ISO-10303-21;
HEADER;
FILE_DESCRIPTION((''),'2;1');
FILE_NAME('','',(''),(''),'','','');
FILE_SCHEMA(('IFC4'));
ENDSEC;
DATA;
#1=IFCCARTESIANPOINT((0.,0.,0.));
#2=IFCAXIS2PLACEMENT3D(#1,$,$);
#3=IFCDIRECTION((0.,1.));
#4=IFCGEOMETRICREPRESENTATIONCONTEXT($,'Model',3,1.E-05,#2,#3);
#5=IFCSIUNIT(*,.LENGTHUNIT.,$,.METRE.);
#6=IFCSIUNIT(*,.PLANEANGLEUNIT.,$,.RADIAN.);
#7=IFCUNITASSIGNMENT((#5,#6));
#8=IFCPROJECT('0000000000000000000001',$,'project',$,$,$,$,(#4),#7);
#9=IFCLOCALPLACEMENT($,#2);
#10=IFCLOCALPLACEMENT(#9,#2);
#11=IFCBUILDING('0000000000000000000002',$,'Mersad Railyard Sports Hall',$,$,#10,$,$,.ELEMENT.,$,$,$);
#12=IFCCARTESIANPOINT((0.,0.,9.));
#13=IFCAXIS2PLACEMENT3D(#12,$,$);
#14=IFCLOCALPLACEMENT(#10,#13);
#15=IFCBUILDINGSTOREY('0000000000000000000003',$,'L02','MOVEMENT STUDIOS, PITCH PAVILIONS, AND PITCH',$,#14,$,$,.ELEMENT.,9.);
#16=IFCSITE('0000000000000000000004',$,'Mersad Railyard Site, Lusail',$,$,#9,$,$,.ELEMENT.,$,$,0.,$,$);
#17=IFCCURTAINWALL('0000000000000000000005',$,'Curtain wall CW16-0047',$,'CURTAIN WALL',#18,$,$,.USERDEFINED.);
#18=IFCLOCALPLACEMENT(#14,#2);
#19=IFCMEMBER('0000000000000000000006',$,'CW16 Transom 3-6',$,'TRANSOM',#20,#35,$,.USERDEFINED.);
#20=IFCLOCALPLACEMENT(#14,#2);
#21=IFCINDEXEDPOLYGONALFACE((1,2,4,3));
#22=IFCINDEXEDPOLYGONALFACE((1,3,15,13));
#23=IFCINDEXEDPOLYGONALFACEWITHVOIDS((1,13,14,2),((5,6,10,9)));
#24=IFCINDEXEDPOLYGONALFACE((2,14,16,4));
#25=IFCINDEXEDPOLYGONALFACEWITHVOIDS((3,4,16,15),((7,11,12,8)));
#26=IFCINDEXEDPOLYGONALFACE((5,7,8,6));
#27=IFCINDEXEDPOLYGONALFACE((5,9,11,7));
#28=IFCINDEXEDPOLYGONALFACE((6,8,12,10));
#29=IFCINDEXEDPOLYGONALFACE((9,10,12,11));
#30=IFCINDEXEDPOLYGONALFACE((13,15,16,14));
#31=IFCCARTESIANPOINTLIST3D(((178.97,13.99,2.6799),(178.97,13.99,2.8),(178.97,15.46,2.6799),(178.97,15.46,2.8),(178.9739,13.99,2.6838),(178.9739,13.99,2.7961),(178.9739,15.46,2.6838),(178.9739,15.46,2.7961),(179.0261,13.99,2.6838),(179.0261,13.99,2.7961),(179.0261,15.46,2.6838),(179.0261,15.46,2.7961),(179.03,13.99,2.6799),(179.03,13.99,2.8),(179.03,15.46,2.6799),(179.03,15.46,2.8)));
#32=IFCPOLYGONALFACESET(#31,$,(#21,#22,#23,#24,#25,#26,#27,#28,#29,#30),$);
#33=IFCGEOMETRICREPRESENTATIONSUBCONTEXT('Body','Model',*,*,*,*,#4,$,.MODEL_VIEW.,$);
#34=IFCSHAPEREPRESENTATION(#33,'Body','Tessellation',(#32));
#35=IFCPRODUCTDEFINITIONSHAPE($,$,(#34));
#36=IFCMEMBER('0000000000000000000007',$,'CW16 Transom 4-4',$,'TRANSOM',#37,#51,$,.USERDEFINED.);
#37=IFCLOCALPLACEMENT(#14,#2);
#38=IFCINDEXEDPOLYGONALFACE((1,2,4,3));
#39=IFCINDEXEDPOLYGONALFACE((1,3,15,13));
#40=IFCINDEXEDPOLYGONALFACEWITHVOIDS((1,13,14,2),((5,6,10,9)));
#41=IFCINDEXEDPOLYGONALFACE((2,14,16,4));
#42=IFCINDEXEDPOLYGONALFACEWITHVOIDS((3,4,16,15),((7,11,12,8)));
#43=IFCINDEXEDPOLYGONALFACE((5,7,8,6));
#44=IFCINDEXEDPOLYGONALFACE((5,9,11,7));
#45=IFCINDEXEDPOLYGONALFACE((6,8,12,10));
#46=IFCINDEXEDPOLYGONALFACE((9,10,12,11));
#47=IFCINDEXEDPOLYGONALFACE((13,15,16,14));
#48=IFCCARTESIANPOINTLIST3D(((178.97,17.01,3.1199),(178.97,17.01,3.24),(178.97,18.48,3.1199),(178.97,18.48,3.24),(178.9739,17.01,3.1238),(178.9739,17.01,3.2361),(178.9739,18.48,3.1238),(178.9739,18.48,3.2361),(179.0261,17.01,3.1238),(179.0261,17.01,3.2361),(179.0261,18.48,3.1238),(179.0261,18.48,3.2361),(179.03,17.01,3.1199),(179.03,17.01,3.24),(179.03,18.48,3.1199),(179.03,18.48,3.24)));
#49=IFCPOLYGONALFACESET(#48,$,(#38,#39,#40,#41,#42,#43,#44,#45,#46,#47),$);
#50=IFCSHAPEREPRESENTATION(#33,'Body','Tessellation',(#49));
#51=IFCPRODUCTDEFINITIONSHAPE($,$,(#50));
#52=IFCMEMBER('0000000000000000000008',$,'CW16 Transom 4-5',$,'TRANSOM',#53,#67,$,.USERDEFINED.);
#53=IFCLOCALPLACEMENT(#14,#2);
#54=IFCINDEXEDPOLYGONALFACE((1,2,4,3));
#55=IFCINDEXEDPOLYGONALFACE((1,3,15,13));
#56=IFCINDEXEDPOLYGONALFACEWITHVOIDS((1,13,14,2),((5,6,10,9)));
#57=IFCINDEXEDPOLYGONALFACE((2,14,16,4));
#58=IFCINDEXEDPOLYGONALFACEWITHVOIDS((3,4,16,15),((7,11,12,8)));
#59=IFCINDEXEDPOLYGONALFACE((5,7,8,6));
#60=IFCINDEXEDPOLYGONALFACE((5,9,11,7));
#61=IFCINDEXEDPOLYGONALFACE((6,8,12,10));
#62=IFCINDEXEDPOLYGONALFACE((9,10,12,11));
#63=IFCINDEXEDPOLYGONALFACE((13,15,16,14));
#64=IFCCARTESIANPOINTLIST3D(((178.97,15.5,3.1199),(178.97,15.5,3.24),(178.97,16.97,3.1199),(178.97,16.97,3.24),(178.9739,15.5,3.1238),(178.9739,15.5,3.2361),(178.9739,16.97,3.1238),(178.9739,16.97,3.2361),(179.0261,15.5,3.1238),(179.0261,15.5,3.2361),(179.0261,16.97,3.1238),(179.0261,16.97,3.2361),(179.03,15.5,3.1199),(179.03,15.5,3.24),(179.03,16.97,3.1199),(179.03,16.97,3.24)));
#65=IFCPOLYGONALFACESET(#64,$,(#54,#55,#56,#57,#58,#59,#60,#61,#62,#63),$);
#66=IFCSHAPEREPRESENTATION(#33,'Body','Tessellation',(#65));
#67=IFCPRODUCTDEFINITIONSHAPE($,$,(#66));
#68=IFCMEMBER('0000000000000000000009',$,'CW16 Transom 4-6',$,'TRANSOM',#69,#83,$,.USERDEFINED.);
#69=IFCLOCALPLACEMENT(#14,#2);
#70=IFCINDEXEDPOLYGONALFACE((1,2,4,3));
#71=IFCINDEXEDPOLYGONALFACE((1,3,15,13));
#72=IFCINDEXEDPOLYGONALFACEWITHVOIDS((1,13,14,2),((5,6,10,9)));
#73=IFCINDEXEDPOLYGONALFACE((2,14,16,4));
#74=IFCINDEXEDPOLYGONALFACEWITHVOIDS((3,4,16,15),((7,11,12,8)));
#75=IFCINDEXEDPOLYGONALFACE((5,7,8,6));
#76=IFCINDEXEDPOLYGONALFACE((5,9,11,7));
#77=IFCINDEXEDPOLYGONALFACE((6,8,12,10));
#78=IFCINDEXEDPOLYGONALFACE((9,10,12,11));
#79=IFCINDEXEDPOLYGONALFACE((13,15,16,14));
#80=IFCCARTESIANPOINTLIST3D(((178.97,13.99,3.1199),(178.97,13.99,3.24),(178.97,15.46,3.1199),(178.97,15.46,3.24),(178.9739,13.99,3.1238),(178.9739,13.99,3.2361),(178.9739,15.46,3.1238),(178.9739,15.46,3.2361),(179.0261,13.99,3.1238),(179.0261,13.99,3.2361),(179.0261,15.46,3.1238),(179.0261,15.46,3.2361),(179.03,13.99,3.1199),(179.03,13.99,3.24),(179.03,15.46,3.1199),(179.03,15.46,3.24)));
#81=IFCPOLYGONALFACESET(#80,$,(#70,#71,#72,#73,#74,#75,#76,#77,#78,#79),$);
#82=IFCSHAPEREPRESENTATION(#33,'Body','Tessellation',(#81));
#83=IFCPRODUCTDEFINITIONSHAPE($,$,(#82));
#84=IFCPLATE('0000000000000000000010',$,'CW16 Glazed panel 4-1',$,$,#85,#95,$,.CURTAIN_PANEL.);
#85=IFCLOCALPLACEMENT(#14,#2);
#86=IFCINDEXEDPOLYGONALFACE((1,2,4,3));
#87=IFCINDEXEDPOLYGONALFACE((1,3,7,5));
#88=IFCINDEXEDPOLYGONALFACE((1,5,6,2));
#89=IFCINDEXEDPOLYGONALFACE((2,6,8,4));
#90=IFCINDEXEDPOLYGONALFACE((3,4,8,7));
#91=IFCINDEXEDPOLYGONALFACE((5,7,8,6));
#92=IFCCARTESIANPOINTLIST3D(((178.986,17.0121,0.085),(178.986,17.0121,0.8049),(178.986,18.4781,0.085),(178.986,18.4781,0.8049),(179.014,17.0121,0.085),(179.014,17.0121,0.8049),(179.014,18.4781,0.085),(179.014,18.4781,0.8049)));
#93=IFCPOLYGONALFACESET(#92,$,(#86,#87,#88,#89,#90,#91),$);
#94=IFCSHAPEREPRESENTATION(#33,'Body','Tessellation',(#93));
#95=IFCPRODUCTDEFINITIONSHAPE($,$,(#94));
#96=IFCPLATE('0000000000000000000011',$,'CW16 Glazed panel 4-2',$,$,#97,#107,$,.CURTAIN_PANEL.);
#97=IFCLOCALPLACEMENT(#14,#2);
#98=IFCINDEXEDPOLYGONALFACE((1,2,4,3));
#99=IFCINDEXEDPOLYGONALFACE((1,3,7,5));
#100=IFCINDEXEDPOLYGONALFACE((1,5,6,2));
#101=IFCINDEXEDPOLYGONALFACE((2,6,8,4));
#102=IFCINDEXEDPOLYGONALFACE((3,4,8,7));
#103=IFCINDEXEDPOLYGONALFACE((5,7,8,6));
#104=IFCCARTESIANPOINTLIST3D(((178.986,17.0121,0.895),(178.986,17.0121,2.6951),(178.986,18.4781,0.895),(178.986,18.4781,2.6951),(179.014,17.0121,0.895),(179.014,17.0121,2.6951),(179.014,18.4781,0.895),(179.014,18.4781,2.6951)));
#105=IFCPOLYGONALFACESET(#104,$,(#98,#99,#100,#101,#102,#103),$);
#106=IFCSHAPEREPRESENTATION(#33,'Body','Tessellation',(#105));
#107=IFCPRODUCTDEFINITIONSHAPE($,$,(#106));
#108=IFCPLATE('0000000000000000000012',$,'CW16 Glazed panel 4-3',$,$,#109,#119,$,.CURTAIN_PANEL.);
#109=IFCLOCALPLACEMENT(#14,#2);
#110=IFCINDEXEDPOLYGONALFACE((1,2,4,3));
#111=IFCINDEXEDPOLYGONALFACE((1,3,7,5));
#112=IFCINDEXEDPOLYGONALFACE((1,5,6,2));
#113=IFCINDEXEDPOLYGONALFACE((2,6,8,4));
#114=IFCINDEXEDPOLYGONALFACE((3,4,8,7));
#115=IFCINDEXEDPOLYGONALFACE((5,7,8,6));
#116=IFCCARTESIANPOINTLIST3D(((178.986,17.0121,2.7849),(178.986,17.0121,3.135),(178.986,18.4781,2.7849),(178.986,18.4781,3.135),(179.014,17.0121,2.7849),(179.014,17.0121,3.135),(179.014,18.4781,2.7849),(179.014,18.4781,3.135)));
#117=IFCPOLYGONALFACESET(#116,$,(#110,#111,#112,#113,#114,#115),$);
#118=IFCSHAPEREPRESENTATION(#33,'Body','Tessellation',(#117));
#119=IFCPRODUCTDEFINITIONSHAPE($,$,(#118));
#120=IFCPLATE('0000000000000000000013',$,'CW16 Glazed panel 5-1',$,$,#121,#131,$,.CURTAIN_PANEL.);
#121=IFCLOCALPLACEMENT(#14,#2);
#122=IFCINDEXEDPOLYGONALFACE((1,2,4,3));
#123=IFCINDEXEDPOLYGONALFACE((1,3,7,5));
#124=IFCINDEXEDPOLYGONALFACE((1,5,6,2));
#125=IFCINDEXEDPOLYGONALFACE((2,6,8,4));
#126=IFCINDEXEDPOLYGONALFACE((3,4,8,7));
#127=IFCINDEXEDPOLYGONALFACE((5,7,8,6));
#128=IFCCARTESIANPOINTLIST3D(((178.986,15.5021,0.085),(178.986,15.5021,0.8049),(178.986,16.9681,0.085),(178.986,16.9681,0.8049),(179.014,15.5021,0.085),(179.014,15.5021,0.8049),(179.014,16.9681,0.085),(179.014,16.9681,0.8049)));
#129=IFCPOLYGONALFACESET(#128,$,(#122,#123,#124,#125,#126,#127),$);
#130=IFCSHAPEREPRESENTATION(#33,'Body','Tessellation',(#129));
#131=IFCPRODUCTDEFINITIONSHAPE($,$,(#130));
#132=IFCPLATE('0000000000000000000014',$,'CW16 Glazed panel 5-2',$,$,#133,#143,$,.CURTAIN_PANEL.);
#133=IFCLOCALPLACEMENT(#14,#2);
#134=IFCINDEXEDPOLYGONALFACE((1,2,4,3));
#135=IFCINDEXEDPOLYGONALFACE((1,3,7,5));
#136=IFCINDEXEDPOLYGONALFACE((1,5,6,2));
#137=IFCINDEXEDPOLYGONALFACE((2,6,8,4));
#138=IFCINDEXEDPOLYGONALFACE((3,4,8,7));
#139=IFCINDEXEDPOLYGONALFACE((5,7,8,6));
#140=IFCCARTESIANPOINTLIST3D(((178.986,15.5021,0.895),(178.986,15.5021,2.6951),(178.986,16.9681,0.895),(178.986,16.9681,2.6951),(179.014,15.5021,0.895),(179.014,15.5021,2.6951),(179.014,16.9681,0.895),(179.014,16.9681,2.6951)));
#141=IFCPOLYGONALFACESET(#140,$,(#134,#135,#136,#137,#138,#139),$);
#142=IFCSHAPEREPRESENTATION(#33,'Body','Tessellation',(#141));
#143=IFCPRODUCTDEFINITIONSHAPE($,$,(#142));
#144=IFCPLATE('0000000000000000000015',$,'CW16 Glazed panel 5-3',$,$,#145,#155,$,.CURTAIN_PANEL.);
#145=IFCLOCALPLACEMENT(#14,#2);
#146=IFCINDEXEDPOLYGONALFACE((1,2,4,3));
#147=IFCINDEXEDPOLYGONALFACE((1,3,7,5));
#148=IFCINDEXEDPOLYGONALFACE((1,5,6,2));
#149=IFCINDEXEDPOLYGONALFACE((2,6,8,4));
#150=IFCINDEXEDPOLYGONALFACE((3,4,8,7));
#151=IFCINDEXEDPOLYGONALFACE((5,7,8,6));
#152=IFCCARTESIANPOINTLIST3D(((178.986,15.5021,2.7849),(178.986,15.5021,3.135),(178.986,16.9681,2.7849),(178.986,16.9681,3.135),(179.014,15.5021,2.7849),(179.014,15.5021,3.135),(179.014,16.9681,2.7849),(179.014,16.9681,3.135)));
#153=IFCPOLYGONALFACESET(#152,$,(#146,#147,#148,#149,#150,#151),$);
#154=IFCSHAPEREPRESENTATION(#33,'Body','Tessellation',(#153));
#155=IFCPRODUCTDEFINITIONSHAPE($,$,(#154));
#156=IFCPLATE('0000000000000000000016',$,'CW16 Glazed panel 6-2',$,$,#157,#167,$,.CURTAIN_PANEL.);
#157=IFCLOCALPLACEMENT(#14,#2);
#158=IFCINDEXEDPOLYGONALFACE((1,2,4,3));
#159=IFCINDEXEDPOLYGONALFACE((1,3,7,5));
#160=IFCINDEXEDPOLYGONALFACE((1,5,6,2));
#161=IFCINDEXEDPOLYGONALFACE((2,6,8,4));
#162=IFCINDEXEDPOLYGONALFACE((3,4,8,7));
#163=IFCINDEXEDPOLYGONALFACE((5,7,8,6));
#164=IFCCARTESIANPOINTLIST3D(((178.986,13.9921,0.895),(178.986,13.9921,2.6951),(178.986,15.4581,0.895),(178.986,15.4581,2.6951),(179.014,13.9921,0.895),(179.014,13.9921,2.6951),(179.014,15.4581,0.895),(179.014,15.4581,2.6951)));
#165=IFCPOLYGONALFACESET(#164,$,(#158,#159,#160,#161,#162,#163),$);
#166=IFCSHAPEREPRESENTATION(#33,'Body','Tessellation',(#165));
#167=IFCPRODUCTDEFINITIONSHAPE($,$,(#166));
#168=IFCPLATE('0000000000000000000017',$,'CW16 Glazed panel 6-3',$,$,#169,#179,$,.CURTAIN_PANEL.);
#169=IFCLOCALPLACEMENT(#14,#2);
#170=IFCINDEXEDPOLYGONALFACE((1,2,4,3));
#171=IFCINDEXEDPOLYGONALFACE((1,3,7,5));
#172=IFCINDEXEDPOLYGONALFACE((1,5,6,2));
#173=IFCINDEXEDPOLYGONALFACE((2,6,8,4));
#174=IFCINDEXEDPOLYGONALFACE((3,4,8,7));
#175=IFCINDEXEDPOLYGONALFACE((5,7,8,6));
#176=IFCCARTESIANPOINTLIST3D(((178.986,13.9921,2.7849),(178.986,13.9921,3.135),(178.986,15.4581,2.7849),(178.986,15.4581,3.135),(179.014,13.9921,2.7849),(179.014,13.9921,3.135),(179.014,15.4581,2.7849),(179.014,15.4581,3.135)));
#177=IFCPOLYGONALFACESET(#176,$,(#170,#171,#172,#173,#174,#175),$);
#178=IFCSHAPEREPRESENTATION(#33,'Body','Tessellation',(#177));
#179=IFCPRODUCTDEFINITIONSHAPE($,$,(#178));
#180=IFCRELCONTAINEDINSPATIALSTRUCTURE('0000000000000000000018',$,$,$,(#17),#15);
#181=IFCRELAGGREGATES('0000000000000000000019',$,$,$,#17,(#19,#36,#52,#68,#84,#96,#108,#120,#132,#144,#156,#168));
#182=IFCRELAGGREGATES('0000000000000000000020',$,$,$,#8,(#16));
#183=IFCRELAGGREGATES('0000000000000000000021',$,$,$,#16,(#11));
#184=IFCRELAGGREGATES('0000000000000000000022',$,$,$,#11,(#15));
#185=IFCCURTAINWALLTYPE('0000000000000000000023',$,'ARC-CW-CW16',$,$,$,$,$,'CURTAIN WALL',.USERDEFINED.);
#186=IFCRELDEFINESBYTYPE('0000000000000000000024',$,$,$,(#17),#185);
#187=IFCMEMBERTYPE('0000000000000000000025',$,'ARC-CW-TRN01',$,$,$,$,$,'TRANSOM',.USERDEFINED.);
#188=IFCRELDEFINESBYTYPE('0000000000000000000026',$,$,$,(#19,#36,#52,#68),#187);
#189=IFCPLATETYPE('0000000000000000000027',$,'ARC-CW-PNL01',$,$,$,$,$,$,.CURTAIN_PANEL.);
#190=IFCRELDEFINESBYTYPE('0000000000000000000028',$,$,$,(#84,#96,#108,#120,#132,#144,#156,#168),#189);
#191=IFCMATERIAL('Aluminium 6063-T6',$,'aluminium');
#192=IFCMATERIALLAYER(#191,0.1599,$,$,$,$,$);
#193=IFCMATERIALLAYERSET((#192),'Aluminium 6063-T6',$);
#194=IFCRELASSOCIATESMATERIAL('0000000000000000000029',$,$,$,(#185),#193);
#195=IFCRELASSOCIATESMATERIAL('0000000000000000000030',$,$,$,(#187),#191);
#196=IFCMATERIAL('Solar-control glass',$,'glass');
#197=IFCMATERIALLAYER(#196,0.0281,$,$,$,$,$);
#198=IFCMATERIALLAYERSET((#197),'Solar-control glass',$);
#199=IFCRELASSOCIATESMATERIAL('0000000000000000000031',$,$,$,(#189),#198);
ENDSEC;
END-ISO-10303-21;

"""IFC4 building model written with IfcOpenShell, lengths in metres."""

from ifc_helpers import new_model, si_unit, direction, frame, origin, origin_2d, place, context, subcontext, project, spatial, rectangle, hollow_rectangle, extrude, material, layer, layer_set, material_profile, profile_set, type_object, element, aggregate, save


model = new_model("IFC4")

# Units and contexts
model_context = context("Model", 3, precision=1e-05, world=origin(), true_north=direction((0.0, 1.0)))
body_context = subcontext(model_context, "Body", "Model", "MODEL_VIEW")
ifc_project = project(units=[si_unit("LENGTHUNIT", "METRE"), si_unit("PLANEANGLEUNIT", "RADIAN")], contexts=[model_context])

# Site, building, storey
site_placement = place(None, origin())
site = spatial("IfcSite", under=ifc_project, at=site_placement, Name="Mersad Railyard Site, Lusail", CompositionType="ELEMENT", RefElevation=0.0)
building_placement = place(site_placement, origin())
building = spatial("IfcBuilding", under=site, at=building_placement, Name="Mersad Railyard Sports Hall", CompositionType="ELEMENT")
storey_placement = place(building_placement, frame((0.0, 0.0, 9.0)))
storey = spatial("IfcBuildingStorey", under=building, at=storey_placement, Name="L02", Description="MOVEMENT STUDIOS, PITCH PAVILIONS, AND PITCH", CompositionType="ELEMENT", Elevation=9.0)

# Curtain wall, members, plates
ifc_material_1 = material(Name="Aluminium 6063-T6", Category="aluminium")
ifc_layer_1 = layer(ifc_material_1, 0.1599)
ifc_layer_set_1 = layer_set([ifc_layer_1], Name="Aluminium 6063-T6")
curtain_wall_type = type_object("IfcCurtainWallType", Name="ARC-CW-CW16", ElementType="CURTAIN WALL", PredefinedType="USERDEFINED", material=ifc_layer_set_1)
curtain_wall_placement = place(storey_placement, origin())
curtain_wall = element("IfcCurtainWall", 1, at=curtain_wall_placement, inside=storey, type_object=curtain_wall_type, Name="Curtain wall CW16-0047", ObjectType="CURTAIN WALL", PredefinedType="USERDEFINED")
ifc_material_profile_1 = material_profile(ifc_material_1, hollow_rectangle(XDim=0.0601, YDim=0.1201, WallThickness=0.0039, at=origin_2d()), Name="AL TRANSOM 60x120x4")
ifc_profile_set_1 = profile_set([ifc_material_profile_1], Name="Aluminium 6063-T6")
member_type_1 = type_object("IfcMemberType", Name="ARC-CW-TRN01", ElementType="TRANSOM", PredefinedType="USERDEFINED", material=ifc_profile_set_1)
member_1_placement = place(storey_placement, frame((179.0, 15.46, 2.74), z_axis=(0.0, -1.0, 0.0), x_axis=(1.0, 0.0, 0.0)))
member_1 = element("IfcMember", 2, at=member_1_placement, type_object=member_type_1, Name="CW16 Transom 3-6", ObjectType="TRANSOM", PredefinedType="USERDEFINED", context=body_context, shape_type="SweptSolid", body=[
    extrude(hollow_rectangle(XDim=0.0601, YDim=0.1201, WallThickness=0.0039, at=origin_2d()), origin(), (0.0, 0.0, 1.0), 1.47),
])
member_2_placement = place(storey_placement, frame((179.0, 18.48, 3.1799), z_axis=(0.0, -1.0, 0.0), x_axis=(1.0, 0.0, 0.0)))
member_2 = element("IfcMember", 3, at=member_2_placement, type_object=member_type_1, Name="CW16 Transom 4-4", ObjectType="TRANSOM", PredefinedType="USERDEFINED", context=body_context, shape_type="SweptSolid", body=[
    extrude(hollow_rectangle(XDim=0.0601, YDim=0.1201, WallThickness=0.0039, at=origin_2d()), origin(), (0.0, 0.0, 1.0), 1.47),
])
member_3_placement = place(storey_placement, frame((179.0, 16.97, 3.1799), z_axis=(0.0, -1.0, 0.0), x_axis=(1.0, 0.0, 0.0)))
member_3 = element("IfcMember", 4, at=member_3_placement, type_object=member_type_1, Name="CW16 Transom 4-5", ObjectType="TRANSOM", PredefinedType="USERDEFINED", context=body_context, shape_type="SweptSolid", body=[
    extrude(hollow_rectangle(XDim=0.0601, YDim=0.1201, WallThickness=0.0039, at=origin_2d()), origin(), (0.0, 0.0, 1.0), 1.47),
])
member_4_placement = place(storey_placement, frame((179.0, 15.46, 3.1799), z_axis=(0.0, -1.0, 0.0), x_axis=(1.0, 0.0, 0.0)))
member_4 = element("IfcMember", 5, at=member_4_placement, type_object=member_type_1, Name="CW16 Transom 4-6", ObjectType="TRANSOM", PredefinedType="USERDEFINED", context=body_context, shape_type="SweptSolid", body=[
    extrude(hollow_rectangle(XDim=0.0601, YDim=0.1201, WallThickness=0.0039, at=origin_2d()), origin(), (0.0, 0.0, 1.0), 1.47),
])
ifc_material_2 = material(Name="Solar-control glass", Category="glass")
ifc_layer_2 = layer(ifc_material_2, 0.0281)
ifc_layer_set_2 = layer_set([ifc_layer_2], Name="Solar-control glass")
plate_type = type_object("IfcPlateType", Name="ARC-CW-PNL01", PredefinedType="CURTAIN_PANEL", material=ifc_layer_set_2)
plate_1_placement = place(storey_placement, frame((179.0, 17.7451, 0.085), z_axis=(0.0, 0.0, 1.0), x_axis=(0.0, -1.0, 0.0)))
plate_1 = element("IfcPlate", 6, at=plate_1_placement, type_object=plate_type, Name="CW16 Glazed panel 4-1", PredefinedType="CURTAIN_PANEL", context=body_context, shape_type="SweptSolid", body=[
    extrude(rectangle(XDim=1.4661, YDim=0.0281, at=origin_2d()), origin(), (0.0, 0.0, 1.0), 0.72),
])
plate_2_placement = place(storey_placement, frame((179.0, 17.7451, 0.895), z_axis=(0.0, 0.0, 1.0), x_axis=(0.0, -1.0, 0.0)))
plate_2 = element("IfcPlate", 7, at=plate_2_placement, type_object=plate_type, Name="CW16 Glazed panel 4-2", PredefinedType="CURTAIN_PANEL", context=body_context, shape_type="SweptSolid", body=[
    extrude(rectangle(XDim=1.4661, YDim=0.0281, at=origin_2d()), origin(), (0.0, 0.0, 1.0), 1.8),
])
plate_3_placement = place(storey_placement, frame((179.0, 17.7451, 2.7849), z_axis=(0.0, 0.0, 1.0), x_axis=(0.0, -1.0, 0.0)))
plate_3 = element("IfcPlate", 8, at=plate_3_placement, type_object=plate_type, Name="CW16 Glazed panel 4-3", PredefinedType="CURTAIN_PANEL", context=body_context, shape_type="SweptSolid", body=[
    extrude(rectangle(XDim=1.4661, YDim=0.0281, at=origin_2d()), origin(), (0.0, 0.0, 1.0), 0.3501),
])
plate_4_placement = place(storey_placement, frame((179.0, 16.2351, 0.085), z_axis=(0.0, 0.0, 1.0), x_axis=(0.0, -1.0, 0.0)))
plate_4 = element("IfcPlate", 9, at=plate_4_placement, type_object=plate_type, Name="CW16 Glazed panel 5-1", PredefinedType="CURTAIN_PANEL", context=body_context, shape_type="SweptSolid", body=[
    extrude(rectangle(XDim=1.4661, YDim=0.0281, at=origin_2d()), origin(), (0.0, 0.0, 1.0), 0.72),
])
plate_5_placement = place(storey_placement, frame((179.0, 16.2351, 0.895), z_axis=(0.0, 0.0, 1.0), x_axis=(0.0, -1.0, 0.0)))
plate_5 = element("IfcPlate", 10, at=plate_5_placement, type_object=plate_type, Name="CW16 Glazed panel 5-2", PredefinedType="CURTAIN_PANEL", context=body_context, shape_type="SweptSolid", body=[
    extrude(rectangle(XDim=1.4661, YDim=0.0281, at=origin_2d()), origin(), (0.0, 0.0, 1.0), 1.8),
])
plate_6_placement = place(storey_placement, frame((179.0, 16.2351, 2.7849), z_axis=(0.0, 0.0, 1.0), x_axis=(0.0, -1.0, 0.0)))
plate_6 = element("IfcPlate", 11, at=plate_6_placement, type_object=plate_type, Name="CW16 Glazed panel 5-3", PredefinedType="CURTAIN_PANEL", context=body_context, shape_type="SweptSolid", body=[
    extrude(rectangle(XDim=1.4661, YDim=0.0281, at=origin_2d()), origin(), (0.0, 0.0, 1.0), 0.3501),
])
plate_7_placement = place(storey_placement, frame((179.0, 14.7251, 0.895), z_axis=(0.0, 0.0, 1.0), x_axis=(0.0, -1.0, 0.0)))
plate_7 = element("IfcPlate", 12, at=plate_7_placement, type_object=plate_type, Name="CW16 Glazed panel 6-2", PredefinedType="CURTAIN_PANEL", context=body_context, shape_type="SweptSolid", body=[
    extrude(rectangle(XDim=1.4661, YDim=0.0281, at=origin_2d()), origin(), (0.0, 0.0, 1.0), 1.8),
])
plate_8_placement = place(storey_placement, frame((179.0, 14.7251, 2.7849), z_axis=(0.0, 0.0, 1.0), x_axis=(0.0, -1.0, 0.0)))
plate_8 = element("IfcPlate", 13, at=plate_8_placement, type_object=plate_type, Name="CW16 Glazed panel 6-3", PredefinedType="CURTAIN_PANEL", context=body_context, shape_type="SweptSolid", body=[
    extrude(rectangle(XDim=1.4661, YDim=0.0281, at=origin_2d()), origin(), (0.0, 0.0, 1.0), 0.3501),
])
aggregate(curtain_wall, [member_1, member_2, member_3, member_4, plate_1, plate_2, plate_3, plate_4, plate_5, plate_6, plate_7, plate_8])

save(model, "model.ifc")
